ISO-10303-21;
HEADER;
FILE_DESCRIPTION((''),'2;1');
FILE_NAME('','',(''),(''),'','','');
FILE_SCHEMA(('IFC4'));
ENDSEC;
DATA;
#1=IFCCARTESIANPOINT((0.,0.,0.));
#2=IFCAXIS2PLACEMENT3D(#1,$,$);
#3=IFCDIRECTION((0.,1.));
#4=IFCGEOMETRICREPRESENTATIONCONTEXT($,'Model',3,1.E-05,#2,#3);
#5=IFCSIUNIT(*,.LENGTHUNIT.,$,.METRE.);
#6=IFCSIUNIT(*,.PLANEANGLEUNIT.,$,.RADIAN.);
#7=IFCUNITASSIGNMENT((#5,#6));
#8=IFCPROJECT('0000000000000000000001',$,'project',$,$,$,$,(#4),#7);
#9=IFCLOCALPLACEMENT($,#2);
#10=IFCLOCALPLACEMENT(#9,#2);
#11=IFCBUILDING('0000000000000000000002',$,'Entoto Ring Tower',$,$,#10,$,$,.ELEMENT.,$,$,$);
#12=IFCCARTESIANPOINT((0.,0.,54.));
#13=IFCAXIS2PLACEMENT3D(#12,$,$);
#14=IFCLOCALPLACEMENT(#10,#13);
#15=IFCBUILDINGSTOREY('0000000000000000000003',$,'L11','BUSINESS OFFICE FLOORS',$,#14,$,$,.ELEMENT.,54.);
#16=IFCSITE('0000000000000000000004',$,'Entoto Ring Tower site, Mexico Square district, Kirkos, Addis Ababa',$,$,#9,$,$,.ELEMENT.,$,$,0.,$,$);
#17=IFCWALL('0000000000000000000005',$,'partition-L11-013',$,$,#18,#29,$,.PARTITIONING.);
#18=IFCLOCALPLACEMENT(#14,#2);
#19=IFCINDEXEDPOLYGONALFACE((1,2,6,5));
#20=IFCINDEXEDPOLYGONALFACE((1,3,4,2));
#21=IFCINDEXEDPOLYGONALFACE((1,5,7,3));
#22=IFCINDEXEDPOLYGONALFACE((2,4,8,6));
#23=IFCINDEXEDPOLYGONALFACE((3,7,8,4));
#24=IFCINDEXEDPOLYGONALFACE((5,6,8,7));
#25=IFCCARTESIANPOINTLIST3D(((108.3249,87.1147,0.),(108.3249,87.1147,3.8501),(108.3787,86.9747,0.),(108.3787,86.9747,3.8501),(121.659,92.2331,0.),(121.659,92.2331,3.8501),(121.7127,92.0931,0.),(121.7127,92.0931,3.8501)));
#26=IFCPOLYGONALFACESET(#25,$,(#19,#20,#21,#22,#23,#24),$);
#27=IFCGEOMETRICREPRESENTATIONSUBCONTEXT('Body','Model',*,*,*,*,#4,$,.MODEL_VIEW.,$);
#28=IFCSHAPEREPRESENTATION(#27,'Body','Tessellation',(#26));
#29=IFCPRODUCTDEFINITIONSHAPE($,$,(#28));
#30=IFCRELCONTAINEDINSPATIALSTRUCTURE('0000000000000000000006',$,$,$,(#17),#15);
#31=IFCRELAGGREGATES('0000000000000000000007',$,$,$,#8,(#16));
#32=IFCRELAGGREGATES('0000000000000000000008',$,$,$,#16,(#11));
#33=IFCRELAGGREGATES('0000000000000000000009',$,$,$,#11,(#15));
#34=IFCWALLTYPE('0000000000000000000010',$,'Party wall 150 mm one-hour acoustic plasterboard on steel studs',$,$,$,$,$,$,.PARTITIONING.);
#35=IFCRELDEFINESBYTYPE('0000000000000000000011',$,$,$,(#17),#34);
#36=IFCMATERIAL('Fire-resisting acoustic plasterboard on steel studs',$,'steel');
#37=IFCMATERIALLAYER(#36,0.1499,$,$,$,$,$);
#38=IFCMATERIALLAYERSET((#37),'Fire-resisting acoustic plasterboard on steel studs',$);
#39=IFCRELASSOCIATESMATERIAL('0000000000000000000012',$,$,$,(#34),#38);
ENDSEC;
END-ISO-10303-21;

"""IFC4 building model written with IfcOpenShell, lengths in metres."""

from ifc_helpers import new_model, si_unit, direction, frame, frame_2d, origin, place, context, subcontext, project, spatial, rectangle, extrude, material, layer, layer_set, type_object, element, save


model = new_model("IFC4")

# Units and contexts
model_context = context("Model", 3, precision=1e-05, world=origin(), true_north=direction((0.0, 1.0)))
body_context = subcontext(model_context, "Body", "Model", "MODEL_VIEW")
ifc_project = project(units=[si_unit("LENGTHUNIT", "METRE"), si_unit("PLANEANGLEUNIT", "RADIAN")], contexts=[model_context])

# Site, building, storey
site_placement = place(None, origin())
site = spatial("IfcSite", under=ifc_project, at=site_placement, Name="Entoto Ring Tower site, Mexico Square district, Kirkos, Addis Ababa", CompositionType="ELEMENT", RefElevation=0.0)
building_placement = place(site_placement, origin())
building = spatial("IfcBuilding", under=site, at=building_placement, Name="Entoto Ring Tower", CompositionType="ELEMENT")
storey_placement = place(building_placement, frame((0.0, 0.0, 54.0)))
storey = spatial("IfcBuildingStorey", under=building, at=storey_placement, Name="L11", Description="BUSINESS OFFICE FLOORS", CompositionType="ELEMENT", Elevation=54.0)

# Wall
ifc_material_1 = material(Name="Fire-resisting acoustic plasterboard on steel studs", Category="steel")
ifc_layer_1 = layer(ifc_material_1, 0.1499)
ifc_layer_set_1 = layer_set([ifc_layer_1], Name="Fire-resisting acoustic plasterboard on steel studs")
wall_type_1 = type_object("IfcWallType", Name="Party wall 150 mm one-hour acoustic plasterboard on steel studs", PredefinedType="PARTITIONING", material=ifc_layer_set_1)
wall_1_placement = place(storey_placement, frame((108.3518, 87.0447, 0.0), z_axis=(0.0, 0.0, 1.0), x_axis=(0.933581, 0.358366, 0.0)))
element("IfcWall", 1, at=wall_1_placement, inside=storey, type_object=wall_type_1, Name="partition-L11-013", PredefinedType="PARTITIONING", context=body_context, shape_type="SweptSolid", body=[
    extrude(rectangle(XDim=14.2827, YDim=0.1499, at=frame_2d((7.1414, 0.0))), origin(), (0.0, 0.0, 1.0), 3.8501),
])

save(model, "model.ifc")
